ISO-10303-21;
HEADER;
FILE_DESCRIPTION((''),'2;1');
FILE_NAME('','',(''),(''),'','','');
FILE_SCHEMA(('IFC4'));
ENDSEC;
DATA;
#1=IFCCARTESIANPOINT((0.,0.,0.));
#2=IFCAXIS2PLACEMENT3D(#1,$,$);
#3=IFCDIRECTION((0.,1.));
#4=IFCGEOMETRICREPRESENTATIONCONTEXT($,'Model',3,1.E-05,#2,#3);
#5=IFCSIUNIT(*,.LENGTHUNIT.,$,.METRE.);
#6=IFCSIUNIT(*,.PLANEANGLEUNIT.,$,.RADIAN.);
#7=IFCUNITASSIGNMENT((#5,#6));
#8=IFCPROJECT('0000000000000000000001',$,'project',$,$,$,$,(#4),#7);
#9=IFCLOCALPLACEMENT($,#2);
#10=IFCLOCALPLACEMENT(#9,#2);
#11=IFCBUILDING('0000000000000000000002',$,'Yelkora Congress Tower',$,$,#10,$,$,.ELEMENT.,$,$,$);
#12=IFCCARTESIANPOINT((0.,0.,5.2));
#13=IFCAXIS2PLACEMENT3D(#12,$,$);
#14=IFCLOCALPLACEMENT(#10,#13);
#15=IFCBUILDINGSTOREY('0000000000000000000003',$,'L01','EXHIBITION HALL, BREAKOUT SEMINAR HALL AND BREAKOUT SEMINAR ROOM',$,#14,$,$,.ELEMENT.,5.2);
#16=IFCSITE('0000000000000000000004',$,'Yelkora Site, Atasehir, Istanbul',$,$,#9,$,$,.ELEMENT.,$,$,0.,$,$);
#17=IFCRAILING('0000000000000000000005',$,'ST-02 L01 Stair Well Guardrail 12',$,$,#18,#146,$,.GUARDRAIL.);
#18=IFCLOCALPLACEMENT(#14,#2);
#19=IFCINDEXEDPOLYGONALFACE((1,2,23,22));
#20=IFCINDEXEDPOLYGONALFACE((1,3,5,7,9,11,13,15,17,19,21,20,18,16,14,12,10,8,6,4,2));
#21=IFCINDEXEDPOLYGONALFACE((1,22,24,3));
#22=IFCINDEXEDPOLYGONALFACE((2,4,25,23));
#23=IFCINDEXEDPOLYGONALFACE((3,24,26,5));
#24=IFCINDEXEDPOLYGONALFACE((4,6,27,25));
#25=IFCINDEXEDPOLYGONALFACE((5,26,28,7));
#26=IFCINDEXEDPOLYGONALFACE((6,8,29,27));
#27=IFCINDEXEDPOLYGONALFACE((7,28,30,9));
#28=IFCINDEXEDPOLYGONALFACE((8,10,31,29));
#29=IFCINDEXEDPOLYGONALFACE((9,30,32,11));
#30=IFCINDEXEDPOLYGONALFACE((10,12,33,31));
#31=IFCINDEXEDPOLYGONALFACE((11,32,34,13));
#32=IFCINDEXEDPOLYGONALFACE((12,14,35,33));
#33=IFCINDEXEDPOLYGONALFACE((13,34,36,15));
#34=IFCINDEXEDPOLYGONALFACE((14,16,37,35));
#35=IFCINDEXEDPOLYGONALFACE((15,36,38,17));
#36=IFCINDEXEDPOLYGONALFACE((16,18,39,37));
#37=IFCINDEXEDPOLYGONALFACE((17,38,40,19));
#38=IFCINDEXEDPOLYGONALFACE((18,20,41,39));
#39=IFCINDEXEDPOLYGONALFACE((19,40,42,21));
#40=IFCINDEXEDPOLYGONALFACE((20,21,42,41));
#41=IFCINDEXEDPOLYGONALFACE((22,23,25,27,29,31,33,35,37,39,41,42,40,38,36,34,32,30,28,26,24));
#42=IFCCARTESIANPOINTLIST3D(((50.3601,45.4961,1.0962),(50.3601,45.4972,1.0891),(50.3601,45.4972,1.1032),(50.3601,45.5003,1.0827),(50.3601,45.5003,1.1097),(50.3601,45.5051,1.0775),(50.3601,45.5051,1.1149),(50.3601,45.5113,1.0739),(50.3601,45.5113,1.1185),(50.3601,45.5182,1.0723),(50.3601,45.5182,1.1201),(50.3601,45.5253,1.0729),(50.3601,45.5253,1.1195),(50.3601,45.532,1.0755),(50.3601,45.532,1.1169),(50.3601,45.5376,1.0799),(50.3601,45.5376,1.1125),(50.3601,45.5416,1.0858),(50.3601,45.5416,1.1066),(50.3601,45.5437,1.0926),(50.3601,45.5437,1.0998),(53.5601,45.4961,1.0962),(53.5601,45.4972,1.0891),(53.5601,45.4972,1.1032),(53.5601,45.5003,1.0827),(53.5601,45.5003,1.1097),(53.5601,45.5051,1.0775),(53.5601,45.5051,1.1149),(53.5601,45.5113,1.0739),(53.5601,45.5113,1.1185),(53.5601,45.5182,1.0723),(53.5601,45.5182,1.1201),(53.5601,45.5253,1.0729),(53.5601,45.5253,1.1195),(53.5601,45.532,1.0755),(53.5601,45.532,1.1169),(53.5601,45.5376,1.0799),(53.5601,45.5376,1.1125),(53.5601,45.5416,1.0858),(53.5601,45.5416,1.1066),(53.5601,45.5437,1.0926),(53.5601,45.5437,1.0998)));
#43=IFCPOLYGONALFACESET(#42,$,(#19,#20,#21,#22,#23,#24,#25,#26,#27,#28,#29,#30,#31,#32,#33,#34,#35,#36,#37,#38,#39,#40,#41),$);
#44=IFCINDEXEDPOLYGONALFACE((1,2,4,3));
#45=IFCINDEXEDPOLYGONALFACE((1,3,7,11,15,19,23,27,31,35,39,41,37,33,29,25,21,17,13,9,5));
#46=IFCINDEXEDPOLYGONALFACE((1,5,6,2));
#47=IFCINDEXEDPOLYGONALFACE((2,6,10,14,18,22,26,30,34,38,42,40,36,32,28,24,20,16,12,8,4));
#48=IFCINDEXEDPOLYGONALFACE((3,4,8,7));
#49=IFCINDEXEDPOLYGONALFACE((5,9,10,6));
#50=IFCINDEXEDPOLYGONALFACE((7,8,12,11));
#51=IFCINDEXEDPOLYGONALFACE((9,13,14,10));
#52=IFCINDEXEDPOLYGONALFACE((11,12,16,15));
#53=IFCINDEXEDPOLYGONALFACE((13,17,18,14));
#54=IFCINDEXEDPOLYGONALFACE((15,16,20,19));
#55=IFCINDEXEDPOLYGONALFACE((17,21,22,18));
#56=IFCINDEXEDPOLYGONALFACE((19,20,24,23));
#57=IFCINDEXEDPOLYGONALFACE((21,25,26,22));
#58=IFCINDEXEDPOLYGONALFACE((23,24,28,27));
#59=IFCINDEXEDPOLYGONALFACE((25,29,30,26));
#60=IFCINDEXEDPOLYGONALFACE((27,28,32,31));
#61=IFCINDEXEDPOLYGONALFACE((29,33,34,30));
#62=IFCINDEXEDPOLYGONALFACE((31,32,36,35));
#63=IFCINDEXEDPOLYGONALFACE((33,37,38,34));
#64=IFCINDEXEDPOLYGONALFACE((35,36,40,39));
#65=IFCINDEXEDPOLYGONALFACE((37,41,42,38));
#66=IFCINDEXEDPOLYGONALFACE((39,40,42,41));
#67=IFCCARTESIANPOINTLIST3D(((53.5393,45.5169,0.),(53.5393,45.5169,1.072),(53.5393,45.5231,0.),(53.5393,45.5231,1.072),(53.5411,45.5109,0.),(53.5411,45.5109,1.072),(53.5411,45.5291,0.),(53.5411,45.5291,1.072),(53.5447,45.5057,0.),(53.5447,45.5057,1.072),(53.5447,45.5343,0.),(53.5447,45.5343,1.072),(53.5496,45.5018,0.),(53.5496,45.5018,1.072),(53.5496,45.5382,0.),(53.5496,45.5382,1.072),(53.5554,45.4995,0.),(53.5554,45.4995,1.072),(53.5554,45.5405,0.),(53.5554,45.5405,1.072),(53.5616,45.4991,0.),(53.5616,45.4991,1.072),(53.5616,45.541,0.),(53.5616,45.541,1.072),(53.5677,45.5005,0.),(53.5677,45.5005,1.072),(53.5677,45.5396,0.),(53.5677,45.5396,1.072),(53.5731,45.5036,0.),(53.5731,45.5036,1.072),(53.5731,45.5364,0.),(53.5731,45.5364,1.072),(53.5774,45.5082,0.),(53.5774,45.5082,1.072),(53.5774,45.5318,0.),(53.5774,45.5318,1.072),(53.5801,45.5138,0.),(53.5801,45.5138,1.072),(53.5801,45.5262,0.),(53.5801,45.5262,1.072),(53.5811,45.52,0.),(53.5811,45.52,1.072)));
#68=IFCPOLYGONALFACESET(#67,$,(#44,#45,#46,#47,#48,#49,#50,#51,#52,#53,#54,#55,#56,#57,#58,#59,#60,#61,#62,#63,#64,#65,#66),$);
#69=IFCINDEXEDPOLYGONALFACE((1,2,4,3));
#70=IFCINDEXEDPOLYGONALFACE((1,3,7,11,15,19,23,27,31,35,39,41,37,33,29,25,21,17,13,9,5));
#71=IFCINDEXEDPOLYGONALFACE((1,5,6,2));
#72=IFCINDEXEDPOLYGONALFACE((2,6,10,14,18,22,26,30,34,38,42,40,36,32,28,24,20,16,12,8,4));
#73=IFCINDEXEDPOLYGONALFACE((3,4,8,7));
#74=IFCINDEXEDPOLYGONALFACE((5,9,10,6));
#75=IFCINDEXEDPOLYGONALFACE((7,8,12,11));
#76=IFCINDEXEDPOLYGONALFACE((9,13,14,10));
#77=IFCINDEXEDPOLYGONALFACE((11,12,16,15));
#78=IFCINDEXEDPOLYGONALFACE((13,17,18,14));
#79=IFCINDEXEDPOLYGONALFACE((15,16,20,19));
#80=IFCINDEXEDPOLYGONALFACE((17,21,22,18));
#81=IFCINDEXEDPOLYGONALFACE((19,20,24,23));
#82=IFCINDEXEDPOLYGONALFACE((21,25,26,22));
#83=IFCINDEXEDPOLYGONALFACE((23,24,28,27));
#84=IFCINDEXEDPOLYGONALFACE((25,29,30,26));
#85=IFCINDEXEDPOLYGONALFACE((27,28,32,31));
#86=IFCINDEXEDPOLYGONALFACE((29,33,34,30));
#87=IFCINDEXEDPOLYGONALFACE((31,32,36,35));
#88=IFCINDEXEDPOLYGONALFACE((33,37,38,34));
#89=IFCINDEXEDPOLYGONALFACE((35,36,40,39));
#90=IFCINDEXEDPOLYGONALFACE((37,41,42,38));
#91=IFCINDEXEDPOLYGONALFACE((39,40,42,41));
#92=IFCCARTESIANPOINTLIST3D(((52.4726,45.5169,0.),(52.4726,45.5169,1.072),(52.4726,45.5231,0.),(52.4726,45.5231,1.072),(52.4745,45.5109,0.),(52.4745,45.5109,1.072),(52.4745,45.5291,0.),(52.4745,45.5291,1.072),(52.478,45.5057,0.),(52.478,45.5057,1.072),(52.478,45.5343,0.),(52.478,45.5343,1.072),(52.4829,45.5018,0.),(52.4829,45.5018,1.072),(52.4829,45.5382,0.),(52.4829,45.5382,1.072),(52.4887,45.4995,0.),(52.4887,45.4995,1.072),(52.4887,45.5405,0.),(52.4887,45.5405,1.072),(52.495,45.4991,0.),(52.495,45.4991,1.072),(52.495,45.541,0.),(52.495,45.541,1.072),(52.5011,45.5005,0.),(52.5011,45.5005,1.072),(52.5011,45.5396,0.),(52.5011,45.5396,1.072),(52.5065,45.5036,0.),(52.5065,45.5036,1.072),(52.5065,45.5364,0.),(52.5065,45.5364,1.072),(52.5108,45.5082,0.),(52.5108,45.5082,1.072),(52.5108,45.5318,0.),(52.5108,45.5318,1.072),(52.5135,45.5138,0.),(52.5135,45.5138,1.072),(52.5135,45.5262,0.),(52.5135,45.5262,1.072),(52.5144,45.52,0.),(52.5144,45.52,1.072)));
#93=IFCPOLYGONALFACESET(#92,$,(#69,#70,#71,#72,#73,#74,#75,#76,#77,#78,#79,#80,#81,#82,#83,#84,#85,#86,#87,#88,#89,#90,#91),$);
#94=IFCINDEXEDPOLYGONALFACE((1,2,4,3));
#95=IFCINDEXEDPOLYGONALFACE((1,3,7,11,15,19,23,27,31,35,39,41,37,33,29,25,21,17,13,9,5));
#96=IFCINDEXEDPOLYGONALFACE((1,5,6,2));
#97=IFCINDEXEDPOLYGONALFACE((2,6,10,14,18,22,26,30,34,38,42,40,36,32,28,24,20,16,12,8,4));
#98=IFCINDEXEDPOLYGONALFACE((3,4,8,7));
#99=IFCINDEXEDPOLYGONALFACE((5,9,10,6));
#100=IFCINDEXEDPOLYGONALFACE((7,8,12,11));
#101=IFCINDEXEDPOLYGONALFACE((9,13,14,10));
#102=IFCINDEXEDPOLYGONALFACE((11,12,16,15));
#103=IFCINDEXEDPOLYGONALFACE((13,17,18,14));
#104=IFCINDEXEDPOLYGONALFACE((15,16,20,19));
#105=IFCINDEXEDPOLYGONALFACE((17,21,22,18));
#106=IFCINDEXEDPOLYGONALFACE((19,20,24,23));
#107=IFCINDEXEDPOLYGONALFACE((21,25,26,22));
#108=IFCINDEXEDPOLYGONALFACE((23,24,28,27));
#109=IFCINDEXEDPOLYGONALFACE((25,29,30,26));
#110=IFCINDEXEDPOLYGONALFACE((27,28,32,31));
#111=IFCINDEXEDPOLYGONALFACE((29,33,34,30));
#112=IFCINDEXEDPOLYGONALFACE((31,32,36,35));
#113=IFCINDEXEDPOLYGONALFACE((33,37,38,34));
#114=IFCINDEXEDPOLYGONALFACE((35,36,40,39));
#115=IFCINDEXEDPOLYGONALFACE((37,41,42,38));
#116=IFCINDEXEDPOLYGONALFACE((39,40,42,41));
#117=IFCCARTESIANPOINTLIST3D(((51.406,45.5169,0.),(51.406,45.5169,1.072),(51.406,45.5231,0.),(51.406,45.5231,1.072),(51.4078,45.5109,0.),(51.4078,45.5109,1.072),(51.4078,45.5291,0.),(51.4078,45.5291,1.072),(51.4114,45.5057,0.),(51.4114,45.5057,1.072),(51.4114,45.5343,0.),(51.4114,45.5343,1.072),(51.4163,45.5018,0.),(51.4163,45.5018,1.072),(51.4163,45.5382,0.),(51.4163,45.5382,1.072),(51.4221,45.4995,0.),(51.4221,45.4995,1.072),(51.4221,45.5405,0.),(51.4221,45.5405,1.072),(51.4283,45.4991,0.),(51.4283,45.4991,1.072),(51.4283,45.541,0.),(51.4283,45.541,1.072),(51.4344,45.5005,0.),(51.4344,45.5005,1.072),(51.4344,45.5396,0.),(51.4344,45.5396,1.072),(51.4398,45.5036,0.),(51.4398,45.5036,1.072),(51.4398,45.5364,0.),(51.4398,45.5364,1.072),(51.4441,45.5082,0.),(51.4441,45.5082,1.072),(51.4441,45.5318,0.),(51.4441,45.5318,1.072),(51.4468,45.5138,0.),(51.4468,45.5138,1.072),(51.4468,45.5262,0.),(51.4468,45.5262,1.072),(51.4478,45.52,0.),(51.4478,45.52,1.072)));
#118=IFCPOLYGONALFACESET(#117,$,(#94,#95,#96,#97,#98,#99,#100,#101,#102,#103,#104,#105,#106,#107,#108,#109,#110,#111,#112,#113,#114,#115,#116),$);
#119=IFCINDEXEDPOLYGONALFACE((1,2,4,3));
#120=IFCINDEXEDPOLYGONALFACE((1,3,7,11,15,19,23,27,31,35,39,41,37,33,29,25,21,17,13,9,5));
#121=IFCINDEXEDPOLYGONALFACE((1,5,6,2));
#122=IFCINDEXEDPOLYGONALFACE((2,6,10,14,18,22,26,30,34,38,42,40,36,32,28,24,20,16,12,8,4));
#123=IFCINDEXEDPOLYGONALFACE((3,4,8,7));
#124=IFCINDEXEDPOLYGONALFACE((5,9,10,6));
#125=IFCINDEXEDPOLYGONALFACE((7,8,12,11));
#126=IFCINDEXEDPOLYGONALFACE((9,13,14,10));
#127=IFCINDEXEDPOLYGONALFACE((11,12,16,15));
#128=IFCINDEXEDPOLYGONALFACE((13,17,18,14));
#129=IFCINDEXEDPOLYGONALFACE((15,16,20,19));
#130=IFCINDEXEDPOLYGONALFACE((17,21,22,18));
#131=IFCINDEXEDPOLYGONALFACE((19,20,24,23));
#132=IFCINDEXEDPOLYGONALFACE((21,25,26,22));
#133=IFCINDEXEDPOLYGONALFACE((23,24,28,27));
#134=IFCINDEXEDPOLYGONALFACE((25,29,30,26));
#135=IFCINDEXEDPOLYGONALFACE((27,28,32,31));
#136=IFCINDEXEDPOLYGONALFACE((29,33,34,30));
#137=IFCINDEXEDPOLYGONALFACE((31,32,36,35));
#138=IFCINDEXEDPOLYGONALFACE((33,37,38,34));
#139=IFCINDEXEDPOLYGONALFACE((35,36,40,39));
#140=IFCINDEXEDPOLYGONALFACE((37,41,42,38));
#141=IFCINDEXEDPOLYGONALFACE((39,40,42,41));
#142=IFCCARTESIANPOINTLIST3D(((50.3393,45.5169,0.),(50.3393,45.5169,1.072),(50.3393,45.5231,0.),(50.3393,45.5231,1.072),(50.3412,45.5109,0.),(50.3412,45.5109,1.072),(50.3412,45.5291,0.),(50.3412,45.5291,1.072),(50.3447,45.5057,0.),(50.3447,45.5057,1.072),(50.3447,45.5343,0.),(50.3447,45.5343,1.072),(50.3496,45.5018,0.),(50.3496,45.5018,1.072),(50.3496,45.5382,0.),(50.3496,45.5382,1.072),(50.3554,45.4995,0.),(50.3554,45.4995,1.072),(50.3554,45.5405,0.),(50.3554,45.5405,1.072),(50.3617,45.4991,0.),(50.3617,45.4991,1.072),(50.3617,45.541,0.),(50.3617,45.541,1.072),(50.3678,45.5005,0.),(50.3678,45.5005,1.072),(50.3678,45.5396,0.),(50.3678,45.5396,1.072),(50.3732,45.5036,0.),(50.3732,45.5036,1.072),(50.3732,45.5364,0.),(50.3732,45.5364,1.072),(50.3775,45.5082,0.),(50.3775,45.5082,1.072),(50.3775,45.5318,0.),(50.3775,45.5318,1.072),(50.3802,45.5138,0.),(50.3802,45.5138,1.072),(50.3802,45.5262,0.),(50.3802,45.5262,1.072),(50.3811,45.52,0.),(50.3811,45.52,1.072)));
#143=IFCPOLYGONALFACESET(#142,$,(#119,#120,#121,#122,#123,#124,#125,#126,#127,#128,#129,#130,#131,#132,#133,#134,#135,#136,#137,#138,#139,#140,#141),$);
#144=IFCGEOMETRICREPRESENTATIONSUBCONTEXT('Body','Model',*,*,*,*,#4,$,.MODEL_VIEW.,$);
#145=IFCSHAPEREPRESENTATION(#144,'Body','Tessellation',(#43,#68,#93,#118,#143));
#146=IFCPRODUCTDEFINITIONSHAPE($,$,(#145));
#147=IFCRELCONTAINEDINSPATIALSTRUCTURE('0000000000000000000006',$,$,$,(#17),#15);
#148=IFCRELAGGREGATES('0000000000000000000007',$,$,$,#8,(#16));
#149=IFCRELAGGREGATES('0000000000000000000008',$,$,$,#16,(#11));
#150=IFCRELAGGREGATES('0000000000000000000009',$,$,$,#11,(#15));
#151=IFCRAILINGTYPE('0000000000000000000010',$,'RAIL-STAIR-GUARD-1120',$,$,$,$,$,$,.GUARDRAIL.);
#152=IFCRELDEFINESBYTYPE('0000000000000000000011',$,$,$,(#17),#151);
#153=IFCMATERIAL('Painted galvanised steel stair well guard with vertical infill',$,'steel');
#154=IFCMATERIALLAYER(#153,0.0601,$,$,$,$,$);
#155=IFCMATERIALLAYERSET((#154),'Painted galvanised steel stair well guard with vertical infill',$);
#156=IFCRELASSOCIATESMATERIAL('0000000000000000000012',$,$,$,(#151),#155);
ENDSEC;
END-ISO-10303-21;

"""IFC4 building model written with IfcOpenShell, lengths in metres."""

from ifc_helpers import new_model, si_unit, direction, frame, origin, origin_2d, place, context, subcontext, project, spatial, circle, extrude, material, layer, layer_set, type_object, element, save


model = new_model("IFC4")

# Units and contexts
model_context = context("Model", 3, precision=1e-05, world=origin(), true_north=direction((0.0, 1.0)))
body_context = subcontext(model_context, "Body", "Model", "MODEL_VIEW")
ifc_project = project(units=[si_unit("LENGTHUNIT", "METRE"), si_unit("PLANEANGLEUNIT", "RADIAN")], contexts=[model_context])

# Site, building, storey
site_placement = place(None, origin())
site = spatial("IfcSite", under=ifc_project, at=site_placement, Name="Yelkora Site, Atasehir, Istanbul", CompositionType="ELEMENT", RefElevation=0.0)
building_placement = place(site_placement, origin())
building = spatial("IfcBuilding", under=site, at=building_placement, Name="Yelkora Congress Tower", CompositionType="ELEMENT")
storey_placement = place(building_placement, frame((0.0, 0.0, 5.2)))
storey = spatial("IfcBuildingStorey", under=building, at=storey_placement, Name="L01", Description="EXHIBITION HALL, BREAKOUT SEMINAR HALL AND BREAKOUT SEMINAR ROOM", CompositionType="ELEMENT", Elevation=5.2)

# Railing
ifc_material_1 = material(Name="Painted galvanised steel stair well guard with vertical infill", Category="steel")
ifc_layer_1 = layer(ifc_material_1, 0.0601)
ifc_layer_set_1 = layer_set([ifc_layer_1], Name="Painted galvanised steel stair well guard with vertical infill")
railing_type_1 = type_object("IfcRailingType", Name="RAIL-STAIR-GUARD-1120", PredefinedType="GUARDRAIL", material=ifc_layer_set_1)
railing_1_placement = place(storey_placement, frame((53.5601, 45.52, 0.0)))
element("IfcRailing", 1, at=railing_1_placement, inside=storey, type_object=railing_type_1, Name="ST-02 L01 Stair Well Guardrail 12", PredefinedType="GUARDRAIL", context=body_context, shape_type="SweptSolid", body=[
    extrude(circle(Radius=0.0239, at=origin_2d()), frame((0.0, 0.0, 1.0962), z_axis=(-1.0, 0.0, 0.0), x_axis=(0.0, -1.0, 0.0)), (0.0, 0.0, 1.0), 3.2),
    extrude(circle(Radius=0.021, at=origin_2d()), origin(), (0.0, 0.0, 1.0), 1.072),
    extrude(circle(Radius=0.021, at=origin_2d()), frame((-1.0667, 0.0, 0.0)), (0.0, 0.0, 1.0), 1.072),
    extrude(circle(Radius=0.021, at=origin_2d()), frame((-2.1333, 0.0, 0.0)), (0.0, 0.0, 1.0), 1.072),
    extrude(circle(Radius=0.021, at=origin_2d()), frame((-3.2, 0.0, 0.0)), (0.0, 0.0, 1.0), 1.072),
])

save(model, "model.ifc")
